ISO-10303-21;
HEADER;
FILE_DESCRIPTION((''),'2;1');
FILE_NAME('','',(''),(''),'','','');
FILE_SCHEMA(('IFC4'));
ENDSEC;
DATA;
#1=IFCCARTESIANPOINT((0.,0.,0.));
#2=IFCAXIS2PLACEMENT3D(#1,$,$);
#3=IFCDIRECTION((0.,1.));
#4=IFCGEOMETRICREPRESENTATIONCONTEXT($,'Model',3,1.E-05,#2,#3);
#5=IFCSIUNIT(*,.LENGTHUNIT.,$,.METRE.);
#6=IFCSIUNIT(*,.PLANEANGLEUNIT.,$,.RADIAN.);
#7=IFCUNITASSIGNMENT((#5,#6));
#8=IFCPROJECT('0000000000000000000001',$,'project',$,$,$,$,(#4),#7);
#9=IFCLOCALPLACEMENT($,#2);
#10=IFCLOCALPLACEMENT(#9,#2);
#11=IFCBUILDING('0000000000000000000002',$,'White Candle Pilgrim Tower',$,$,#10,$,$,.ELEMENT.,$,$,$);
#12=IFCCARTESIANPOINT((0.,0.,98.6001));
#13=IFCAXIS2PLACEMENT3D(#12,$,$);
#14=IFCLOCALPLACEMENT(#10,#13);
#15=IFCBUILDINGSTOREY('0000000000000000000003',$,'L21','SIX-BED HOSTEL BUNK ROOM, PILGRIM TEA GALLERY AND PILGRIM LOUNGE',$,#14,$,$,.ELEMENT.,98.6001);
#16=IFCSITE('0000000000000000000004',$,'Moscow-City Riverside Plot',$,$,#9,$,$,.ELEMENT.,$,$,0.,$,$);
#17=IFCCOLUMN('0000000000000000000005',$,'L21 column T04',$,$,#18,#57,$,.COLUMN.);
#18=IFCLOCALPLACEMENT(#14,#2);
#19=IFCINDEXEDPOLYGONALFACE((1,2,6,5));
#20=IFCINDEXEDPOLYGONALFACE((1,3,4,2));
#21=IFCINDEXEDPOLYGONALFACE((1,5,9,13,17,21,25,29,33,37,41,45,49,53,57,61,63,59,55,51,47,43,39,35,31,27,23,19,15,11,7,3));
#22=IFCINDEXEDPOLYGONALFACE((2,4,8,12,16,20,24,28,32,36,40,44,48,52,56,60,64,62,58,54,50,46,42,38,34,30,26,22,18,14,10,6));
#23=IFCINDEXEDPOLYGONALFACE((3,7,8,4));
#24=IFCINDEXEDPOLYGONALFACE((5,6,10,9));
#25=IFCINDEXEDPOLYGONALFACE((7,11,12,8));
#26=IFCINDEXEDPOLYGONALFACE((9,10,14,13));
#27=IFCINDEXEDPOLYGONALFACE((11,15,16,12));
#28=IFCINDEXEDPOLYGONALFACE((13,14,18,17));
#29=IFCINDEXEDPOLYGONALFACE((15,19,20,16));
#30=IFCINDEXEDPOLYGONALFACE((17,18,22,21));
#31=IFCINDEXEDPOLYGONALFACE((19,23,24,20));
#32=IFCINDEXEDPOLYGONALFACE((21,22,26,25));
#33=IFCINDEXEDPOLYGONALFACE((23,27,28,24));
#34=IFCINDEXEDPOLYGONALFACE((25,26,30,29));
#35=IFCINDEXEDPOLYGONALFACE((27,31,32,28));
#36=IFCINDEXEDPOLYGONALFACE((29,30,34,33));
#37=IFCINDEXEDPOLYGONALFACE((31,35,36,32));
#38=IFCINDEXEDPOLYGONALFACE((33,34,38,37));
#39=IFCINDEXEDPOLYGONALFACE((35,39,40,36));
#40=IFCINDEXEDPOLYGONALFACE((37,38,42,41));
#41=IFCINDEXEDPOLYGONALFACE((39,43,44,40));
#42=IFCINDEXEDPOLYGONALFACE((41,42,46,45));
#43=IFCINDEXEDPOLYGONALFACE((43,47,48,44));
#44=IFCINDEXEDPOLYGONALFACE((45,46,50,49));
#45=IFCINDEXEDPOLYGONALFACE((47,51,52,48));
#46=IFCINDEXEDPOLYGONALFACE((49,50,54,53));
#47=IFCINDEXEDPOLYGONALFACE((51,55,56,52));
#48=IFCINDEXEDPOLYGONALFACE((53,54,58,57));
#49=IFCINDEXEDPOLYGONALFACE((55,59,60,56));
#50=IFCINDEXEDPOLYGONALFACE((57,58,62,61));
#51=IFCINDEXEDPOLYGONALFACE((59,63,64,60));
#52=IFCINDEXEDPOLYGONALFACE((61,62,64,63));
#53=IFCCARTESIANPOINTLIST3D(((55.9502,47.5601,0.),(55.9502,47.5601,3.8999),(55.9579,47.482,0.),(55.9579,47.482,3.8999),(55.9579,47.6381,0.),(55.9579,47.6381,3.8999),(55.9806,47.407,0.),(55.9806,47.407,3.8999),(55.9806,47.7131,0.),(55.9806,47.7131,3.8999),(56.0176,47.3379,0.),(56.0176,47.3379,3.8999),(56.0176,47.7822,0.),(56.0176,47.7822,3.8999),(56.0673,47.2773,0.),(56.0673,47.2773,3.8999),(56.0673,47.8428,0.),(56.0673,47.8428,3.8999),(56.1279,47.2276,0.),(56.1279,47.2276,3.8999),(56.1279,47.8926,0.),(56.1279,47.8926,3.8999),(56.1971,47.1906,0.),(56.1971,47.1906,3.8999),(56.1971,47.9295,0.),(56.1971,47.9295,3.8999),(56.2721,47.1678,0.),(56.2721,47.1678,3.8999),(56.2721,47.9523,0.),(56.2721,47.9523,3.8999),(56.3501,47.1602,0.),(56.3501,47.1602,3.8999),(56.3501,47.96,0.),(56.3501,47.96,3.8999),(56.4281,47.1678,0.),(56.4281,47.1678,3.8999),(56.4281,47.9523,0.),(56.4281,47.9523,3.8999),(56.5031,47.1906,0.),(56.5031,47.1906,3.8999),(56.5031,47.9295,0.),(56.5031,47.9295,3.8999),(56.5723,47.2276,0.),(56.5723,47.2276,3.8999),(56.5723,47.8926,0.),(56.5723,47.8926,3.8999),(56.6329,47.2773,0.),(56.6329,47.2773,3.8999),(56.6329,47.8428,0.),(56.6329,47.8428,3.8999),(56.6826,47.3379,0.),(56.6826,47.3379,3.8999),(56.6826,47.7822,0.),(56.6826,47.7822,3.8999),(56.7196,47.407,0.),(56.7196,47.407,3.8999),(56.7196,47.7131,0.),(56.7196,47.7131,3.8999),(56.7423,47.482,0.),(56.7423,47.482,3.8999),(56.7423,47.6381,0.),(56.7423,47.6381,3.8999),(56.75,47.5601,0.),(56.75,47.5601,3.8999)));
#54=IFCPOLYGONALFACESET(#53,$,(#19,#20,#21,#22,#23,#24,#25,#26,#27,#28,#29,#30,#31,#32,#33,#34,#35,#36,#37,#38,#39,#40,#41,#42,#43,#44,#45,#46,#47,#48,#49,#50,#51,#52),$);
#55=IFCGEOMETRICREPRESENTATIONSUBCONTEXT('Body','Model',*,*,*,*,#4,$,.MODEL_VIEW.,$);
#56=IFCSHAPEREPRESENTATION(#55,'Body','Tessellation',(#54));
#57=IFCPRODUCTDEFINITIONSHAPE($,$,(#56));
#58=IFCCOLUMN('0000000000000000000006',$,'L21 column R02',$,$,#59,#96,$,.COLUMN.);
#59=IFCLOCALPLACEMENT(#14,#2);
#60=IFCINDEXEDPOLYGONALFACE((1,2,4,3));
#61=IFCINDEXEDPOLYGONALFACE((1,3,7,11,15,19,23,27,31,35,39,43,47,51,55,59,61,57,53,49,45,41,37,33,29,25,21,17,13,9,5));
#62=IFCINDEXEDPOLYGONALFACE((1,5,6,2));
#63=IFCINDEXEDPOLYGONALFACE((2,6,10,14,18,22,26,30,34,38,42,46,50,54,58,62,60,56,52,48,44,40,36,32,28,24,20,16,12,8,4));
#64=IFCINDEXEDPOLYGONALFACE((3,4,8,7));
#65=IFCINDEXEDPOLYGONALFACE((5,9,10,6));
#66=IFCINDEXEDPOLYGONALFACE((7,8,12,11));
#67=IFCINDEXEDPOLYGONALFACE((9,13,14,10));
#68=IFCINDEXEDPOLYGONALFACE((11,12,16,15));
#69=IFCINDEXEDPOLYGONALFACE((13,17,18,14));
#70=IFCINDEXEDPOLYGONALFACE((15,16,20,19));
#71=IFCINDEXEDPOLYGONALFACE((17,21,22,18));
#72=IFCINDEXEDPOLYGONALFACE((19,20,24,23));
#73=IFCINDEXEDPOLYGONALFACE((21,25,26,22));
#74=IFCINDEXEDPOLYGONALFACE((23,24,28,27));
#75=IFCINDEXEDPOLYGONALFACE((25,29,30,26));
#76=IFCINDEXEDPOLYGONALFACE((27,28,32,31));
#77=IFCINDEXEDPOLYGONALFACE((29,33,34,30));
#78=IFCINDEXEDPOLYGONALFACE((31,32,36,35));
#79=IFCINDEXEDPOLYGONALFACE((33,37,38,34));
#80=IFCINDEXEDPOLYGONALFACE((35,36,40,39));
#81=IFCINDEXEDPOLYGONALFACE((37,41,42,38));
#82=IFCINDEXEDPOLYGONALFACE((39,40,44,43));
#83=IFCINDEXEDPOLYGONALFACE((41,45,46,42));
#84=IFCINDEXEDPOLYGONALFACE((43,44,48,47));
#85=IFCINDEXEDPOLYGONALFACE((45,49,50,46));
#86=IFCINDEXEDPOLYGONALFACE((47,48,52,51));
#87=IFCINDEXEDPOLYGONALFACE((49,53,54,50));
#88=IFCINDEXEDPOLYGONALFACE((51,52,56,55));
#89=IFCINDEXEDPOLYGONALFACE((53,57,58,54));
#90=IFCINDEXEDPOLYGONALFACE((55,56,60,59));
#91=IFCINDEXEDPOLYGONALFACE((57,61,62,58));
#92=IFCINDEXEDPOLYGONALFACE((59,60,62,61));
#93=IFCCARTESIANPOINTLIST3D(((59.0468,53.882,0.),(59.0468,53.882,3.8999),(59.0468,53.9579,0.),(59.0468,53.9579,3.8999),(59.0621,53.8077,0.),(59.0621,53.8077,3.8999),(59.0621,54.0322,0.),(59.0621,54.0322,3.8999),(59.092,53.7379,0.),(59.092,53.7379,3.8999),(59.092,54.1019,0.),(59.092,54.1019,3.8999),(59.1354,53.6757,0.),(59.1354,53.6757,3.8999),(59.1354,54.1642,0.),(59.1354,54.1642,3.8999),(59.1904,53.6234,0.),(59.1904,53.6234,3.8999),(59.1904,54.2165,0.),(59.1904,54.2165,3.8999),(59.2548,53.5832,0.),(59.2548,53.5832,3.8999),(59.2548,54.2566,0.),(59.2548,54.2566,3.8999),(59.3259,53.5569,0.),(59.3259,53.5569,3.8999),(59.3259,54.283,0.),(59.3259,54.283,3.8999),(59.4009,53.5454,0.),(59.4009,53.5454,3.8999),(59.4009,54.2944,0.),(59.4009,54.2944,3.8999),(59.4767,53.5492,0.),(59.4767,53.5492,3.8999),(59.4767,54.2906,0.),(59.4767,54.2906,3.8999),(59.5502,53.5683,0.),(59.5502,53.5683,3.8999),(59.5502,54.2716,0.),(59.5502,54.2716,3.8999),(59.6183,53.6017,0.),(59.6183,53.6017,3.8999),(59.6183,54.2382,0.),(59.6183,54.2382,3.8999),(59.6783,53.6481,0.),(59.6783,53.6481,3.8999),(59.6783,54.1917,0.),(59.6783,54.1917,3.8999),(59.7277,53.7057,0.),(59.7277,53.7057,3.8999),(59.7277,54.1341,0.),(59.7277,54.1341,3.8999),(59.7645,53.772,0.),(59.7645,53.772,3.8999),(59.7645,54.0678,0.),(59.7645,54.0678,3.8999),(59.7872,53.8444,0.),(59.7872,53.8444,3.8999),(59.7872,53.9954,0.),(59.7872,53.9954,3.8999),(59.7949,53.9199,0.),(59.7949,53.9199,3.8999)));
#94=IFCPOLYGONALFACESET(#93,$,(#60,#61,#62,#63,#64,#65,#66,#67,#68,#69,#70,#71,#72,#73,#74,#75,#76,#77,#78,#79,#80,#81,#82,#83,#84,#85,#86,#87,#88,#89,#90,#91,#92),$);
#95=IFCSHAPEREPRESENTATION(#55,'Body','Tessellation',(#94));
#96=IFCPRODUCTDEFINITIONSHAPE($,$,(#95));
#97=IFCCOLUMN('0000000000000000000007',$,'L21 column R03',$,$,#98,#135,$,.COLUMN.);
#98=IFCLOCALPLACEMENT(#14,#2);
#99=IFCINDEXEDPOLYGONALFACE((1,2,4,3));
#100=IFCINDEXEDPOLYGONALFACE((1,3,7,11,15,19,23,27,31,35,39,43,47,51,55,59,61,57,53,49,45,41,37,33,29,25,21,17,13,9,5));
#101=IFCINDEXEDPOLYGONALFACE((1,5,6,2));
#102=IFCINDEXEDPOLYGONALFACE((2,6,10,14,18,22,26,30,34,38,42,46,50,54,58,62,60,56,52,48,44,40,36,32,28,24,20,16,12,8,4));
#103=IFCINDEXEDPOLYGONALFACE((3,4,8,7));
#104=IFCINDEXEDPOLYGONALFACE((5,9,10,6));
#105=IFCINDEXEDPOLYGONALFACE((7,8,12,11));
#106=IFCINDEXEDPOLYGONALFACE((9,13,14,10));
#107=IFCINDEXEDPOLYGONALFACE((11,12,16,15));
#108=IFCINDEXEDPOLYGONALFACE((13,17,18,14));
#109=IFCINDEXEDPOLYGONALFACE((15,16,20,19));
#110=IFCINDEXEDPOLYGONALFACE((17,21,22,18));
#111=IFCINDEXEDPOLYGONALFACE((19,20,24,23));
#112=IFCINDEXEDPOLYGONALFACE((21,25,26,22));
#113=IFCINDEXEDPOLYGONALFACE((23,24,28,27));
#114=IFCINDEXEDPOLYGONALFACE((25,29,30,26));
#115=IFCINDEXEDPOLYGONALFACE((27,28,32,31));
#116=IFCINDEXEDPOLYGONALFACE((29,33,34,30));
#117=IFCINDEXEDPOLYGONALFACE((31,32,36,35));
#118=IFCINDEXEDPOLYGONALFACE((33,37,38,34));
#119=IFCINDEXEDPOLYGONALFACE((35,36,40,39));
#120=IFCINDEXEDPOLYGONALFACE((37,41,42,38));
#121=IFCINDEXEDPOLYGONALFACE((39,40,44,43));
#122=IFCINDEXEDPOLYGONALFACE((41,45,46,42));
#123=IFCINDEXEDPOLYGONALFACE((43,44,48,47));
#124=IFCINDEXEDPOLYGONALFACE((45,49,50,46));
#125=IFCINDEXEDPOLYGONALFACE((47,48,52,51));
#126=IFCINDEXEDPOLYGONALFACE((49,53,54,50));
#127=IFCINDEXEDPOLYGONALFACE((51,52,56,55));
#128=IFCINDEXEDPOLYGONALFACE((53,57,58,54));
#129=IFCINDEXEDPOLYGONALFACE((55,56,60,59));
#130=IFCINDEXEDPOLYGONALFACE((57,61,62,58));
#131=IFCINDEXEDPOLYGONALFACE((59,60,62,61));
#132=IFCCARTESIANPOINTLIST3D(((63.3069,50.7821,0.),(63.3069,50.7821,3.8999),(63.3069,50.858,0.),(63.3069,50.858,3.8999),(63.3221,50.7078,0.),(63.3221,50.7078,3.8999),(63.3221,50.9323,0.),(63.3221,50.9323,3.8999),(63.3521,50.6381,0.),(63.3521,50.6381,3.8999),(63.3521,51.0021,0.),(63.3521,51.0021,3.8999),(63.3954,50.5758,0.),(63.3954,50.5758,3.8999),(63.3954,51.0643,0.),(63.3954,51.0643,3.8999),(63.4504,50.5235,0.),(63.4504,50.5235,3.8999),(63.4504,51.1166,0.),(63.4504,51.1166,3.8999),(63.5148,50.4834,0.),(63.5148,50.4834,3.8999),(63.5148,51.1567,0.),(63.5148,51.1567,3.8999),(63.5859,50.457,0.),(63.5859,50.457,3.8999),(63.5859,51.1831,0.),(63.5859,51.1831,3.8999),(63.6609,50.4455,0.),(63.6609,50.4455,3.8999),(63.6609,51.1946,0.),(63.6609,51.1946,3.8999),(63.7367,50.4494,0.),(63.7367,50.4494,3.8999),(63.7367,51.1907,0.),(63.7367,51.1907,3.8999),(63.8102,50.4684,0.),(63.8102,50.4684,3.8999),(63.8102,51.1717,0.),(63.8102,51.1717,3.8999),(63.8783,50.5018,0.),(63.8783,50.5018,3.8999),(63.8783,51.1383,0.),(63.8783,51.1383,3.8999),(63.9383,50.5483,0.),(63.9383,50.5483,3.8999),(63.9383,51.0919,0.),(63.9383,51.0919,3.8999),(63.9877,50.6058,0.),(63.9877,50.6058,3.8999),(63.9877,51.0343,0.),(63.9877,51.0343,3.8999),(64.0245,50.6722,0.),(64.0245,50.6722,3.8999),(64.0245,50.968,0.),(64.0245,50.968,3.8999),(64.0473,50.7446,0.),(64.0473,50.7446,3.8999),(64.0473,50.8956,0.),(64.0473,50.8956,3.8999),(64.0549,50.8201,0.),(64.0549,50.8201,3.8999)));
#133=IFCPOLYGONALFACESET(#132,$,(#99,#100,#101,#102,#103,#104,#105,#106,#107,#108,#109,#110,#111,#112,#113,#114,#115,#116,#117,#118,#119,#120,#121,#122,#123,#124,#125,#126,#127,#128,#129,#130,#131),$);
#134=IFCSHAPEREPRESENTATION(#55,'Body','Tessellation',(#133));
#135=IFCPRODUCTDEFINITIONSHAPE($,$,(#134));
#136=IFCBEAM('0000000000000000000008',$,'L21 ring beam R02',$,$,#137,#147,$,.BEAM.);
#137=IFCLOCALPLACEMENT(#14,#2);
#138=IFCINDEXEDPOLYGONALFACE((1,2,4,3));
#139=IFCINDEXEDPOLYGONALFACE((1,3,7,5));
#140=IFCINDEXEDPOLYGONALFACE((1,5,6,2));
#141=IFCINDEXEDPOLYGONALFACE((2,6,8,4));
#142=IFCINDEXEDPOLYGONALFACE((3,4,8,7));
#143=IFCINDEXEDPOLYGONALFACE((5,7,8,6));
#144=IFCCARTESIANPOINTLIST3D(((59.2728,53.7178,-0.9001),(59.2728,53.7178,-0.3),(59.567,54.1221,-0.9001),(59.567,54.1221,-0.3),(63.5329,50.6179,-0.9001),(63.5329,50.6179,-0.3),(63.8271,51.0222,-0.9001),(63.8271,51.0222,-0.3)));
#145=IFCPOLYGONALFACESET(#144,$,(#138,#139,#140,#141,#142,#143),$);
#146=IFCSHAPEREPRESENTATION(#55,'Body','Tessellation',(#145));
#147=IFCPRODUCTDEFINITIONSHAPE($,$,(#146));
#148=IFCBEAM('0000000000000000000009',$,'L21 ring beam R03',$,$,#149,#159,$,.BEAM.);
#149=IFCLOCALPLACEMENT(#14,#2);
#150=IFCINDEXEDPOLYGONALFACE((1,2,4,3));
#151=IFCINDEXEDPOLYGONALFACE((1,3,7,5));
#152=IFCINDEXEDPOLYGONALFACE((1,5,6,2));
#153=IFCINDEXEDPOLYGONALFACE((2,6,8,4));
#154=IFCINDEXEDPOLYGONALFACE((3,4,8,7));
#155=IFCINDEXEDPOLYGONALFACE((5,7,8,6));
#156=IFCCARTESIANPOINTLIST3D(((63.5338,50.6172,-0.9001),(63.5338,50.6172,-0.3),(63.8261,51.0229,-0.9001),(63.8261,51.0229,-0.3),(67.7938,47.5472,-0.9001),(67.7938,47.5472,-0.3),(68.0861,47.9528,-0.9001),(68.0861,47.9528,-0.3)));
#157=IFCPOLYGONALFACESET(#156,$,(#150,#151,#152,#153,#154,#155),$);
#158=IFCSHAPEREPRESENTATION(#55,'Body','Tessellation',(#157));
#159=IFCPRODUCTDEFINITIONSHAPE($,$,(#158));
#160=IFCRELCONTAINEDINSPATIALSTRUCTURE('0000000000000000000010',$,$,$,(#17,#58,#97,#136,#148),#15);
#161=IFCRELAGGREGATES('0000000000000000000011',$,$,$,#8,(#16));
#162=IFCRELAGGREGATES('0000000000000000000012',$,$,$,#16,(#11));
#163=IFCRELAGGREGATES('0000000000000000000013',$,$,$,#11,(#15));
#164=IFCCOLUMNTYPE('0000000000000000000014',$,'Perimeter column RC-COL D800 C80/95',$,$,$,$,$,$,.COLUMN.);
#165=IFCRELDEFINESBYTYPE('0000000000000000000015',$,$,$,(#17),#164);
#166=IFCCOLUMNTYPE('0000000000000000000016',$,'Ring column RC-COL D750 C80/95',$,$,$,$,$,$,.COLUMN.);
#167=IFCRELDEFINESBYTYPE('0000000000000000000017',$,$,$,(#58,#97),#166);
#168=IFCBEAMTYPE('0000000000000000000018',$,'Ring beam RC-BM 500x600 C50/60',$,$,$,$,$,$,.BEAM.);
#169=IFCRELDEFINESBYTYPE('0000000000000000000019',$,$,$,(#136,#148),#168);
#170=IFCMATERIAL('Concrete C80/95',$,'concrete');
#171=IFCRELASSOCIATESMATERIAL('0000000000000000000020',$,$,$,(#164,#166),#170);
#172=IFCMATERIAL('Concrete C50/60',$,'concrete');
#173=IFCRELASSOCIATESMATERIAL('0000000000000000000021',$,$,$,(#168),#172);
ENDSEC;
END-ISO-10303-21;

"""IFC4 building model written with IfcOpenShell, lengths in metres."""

from ifc_helpers import new_model, si_unit, direction, frame, origin, origin_2d, place, context, subcontext, project, spatial, rectangle, circle, extrude, material, material_profile, profile_set, type_object, element, save


model = new_model("IFC4")

# Units and contexts
model_context = context("Model", 3, precision=1e-05, world=origin(), true_north=direction((0.0, 1.0)))
body_context = subcontext(model_context, "Body", "Model", "MODEL_VIEW")
ifc_project = project(units=[si_unit("LENGTHUNIT", "METRE"), si_unit("PLANEANGLEUNIT", "RADIAN")], contexts=[model_context])

# Site, building, storey
site_placement = place(None, origin())
site = spatial("IfcSite", under=ifc_project, at=site_placement, Name="Moscow-City Riverside Plot", CompositionType="ELEMENT", RefElevation=0.0)
building_placement = place(site_placement, origin())
building = spatial("IfcBuilding", under=site, at=building_placement, Name="White Candle Pilgrim Tower", CompositionType="ELEMENT")
storey_placement = place(building_placement, frame((0.0, 0.0, 98.6001)))
storey = spatial("IfcBuildingStorey", under=building, at=storey_placement, Name="L21", Description="SIX-BED HOSTEL BUNK ROOM, PILGRIM TEA GALLERY AND PILGRIM LOUNGE", CompositionType="ELEMENT", Elevation=98.6001)

# Columns
ifc_material_1 = material(Name="Concrete C80/95", Category="concrete")
ifc_material_profile_1 = material_profile(ifc_material_1, circle(Radius=0.3999, at=origin_2d()), Name="RC-COL D800")
ifc_profile_set_1 = profile_set([ifc_material_profile_1], Name="Concrete C80/95")
column_type_1 = type_object("IfcColumnType", Name="Perimeter column RC-COL D800 C80/95", PredefinedType="COLUMN", material=ifc_profile_set_1)
column_placement = place(storey_placement, frame((56.3501, 47.5601, 0.0), z_axis=(0.0, 0.0, 1.0), x_axis=(1.0, 0.0, 0.0)))
element("IfcColumn", 1, at=column_placement, inside=storey, type_object=column_type_1, Name="L21 column T04", PredefinedType="COLUMN", context=body_context, shape_type="SweptSolid", body=[
    extrude(circle(Radius=0.3999, at=origin_2d()), origin(), (0.0, 0.0, 1.0), 3.8999),
])
ifc_material_profile_2 = material_profile(ifc_material_1, circle(Radius=0.375, at=origin_2d()), Name="RC-COL D750")
ifc_profile_set_2 = profile_set([ifc_material_profile_2], Name="Concrete C80/95")
column_type_2 = type_object("IfcColumnType", Name="Ring column RC-COL D750 C80/95", PredefinedType="COLUMN", material=ifc_profile_set_2)
for number, where, z_axis, x_axis, name in (
    (2, (59.4199, 53.9199, 0.0), (0.0, 0.0, 1.0), (1.0, 0.0, 0.0), "L21 column R02"),
    (3, (63.6799, 50.8201, 0.0), (0.0, 0.0, 1.0), (1.0, 0.0, 0.0), "L21 column R03"),
):
    element("IfcColumn", number, at=place(storey_placement, frame(where, z_axis=z_axis, x_axis=x_axis)), inside=storey, type_object=column_type_2, Name=name, PredefinedType="COLUMN", context=body_context, shape_type="SweptSolid", body=[
        extrude(circle(Radius=0.375, at=origin_2d()), origin(), (0.0, 0.0, 1.0), 3.8999),
    ])

# Beams
ifc_material_2 = material(Name="Concrete C50/60", Category="concrete")
ifc_material_profile_3 = material_profile(ifc_material_2, rectangle(XDim=0.5, YDim=0.6001, at=origin_2d()), Name="RC-BM 500x600")
ifc_profile_set_3 = profile_set([ifc_material_profile_3], Name="Concrete C50/60")
beam_type = type_object("IfcBeamType", Name="Ring beam RC-BM 500x600 C50/60", PredefinedType="BEAM", material=ifc_profile_set_3)
beam_1_placement = place(storey_placement, frame((59.4199, 53.9199, -0.6001), z_axis=(0.808586, -0.588378, 0.0), x_axis=(0.588378, 0.808586, 0.0)))
element("IfcBeam", 4, at=beam_1_placement, inside=storey, type_object=beam_type, Name="L21 ring beam R02", PredefinedType="BEAM", context=body_context, shape_type="SweptSolid", body=[
    extrude(rectangle(XDim=0.5, YDim=0.6001, at=origin_2d()), origin(), (0.0, 0.0, 1.0), 5.2686),
])
beam_2_placement = place(storey_placement, frame((63.6799, 50.8201, -0.6001), z_axis=(0.811276, -0.584664, 0.0), x_axis=(0.584664, 0.811276, 0.0)))
element("IfcBeam", 5, at=beam_2_placement, inside=storey, type_object=beam_type, Name="L21 ring beam R03", PredefinedType="BEAM", context=body_context, shape_type="SweptSolid", body=[
    extrude(rectangle(XDim=0.5, YDim=0.6001, at=origin_2d()), origin(), (0.0, 0.0, 1.0), 5.251),
])

save(model, "model.ifc")
